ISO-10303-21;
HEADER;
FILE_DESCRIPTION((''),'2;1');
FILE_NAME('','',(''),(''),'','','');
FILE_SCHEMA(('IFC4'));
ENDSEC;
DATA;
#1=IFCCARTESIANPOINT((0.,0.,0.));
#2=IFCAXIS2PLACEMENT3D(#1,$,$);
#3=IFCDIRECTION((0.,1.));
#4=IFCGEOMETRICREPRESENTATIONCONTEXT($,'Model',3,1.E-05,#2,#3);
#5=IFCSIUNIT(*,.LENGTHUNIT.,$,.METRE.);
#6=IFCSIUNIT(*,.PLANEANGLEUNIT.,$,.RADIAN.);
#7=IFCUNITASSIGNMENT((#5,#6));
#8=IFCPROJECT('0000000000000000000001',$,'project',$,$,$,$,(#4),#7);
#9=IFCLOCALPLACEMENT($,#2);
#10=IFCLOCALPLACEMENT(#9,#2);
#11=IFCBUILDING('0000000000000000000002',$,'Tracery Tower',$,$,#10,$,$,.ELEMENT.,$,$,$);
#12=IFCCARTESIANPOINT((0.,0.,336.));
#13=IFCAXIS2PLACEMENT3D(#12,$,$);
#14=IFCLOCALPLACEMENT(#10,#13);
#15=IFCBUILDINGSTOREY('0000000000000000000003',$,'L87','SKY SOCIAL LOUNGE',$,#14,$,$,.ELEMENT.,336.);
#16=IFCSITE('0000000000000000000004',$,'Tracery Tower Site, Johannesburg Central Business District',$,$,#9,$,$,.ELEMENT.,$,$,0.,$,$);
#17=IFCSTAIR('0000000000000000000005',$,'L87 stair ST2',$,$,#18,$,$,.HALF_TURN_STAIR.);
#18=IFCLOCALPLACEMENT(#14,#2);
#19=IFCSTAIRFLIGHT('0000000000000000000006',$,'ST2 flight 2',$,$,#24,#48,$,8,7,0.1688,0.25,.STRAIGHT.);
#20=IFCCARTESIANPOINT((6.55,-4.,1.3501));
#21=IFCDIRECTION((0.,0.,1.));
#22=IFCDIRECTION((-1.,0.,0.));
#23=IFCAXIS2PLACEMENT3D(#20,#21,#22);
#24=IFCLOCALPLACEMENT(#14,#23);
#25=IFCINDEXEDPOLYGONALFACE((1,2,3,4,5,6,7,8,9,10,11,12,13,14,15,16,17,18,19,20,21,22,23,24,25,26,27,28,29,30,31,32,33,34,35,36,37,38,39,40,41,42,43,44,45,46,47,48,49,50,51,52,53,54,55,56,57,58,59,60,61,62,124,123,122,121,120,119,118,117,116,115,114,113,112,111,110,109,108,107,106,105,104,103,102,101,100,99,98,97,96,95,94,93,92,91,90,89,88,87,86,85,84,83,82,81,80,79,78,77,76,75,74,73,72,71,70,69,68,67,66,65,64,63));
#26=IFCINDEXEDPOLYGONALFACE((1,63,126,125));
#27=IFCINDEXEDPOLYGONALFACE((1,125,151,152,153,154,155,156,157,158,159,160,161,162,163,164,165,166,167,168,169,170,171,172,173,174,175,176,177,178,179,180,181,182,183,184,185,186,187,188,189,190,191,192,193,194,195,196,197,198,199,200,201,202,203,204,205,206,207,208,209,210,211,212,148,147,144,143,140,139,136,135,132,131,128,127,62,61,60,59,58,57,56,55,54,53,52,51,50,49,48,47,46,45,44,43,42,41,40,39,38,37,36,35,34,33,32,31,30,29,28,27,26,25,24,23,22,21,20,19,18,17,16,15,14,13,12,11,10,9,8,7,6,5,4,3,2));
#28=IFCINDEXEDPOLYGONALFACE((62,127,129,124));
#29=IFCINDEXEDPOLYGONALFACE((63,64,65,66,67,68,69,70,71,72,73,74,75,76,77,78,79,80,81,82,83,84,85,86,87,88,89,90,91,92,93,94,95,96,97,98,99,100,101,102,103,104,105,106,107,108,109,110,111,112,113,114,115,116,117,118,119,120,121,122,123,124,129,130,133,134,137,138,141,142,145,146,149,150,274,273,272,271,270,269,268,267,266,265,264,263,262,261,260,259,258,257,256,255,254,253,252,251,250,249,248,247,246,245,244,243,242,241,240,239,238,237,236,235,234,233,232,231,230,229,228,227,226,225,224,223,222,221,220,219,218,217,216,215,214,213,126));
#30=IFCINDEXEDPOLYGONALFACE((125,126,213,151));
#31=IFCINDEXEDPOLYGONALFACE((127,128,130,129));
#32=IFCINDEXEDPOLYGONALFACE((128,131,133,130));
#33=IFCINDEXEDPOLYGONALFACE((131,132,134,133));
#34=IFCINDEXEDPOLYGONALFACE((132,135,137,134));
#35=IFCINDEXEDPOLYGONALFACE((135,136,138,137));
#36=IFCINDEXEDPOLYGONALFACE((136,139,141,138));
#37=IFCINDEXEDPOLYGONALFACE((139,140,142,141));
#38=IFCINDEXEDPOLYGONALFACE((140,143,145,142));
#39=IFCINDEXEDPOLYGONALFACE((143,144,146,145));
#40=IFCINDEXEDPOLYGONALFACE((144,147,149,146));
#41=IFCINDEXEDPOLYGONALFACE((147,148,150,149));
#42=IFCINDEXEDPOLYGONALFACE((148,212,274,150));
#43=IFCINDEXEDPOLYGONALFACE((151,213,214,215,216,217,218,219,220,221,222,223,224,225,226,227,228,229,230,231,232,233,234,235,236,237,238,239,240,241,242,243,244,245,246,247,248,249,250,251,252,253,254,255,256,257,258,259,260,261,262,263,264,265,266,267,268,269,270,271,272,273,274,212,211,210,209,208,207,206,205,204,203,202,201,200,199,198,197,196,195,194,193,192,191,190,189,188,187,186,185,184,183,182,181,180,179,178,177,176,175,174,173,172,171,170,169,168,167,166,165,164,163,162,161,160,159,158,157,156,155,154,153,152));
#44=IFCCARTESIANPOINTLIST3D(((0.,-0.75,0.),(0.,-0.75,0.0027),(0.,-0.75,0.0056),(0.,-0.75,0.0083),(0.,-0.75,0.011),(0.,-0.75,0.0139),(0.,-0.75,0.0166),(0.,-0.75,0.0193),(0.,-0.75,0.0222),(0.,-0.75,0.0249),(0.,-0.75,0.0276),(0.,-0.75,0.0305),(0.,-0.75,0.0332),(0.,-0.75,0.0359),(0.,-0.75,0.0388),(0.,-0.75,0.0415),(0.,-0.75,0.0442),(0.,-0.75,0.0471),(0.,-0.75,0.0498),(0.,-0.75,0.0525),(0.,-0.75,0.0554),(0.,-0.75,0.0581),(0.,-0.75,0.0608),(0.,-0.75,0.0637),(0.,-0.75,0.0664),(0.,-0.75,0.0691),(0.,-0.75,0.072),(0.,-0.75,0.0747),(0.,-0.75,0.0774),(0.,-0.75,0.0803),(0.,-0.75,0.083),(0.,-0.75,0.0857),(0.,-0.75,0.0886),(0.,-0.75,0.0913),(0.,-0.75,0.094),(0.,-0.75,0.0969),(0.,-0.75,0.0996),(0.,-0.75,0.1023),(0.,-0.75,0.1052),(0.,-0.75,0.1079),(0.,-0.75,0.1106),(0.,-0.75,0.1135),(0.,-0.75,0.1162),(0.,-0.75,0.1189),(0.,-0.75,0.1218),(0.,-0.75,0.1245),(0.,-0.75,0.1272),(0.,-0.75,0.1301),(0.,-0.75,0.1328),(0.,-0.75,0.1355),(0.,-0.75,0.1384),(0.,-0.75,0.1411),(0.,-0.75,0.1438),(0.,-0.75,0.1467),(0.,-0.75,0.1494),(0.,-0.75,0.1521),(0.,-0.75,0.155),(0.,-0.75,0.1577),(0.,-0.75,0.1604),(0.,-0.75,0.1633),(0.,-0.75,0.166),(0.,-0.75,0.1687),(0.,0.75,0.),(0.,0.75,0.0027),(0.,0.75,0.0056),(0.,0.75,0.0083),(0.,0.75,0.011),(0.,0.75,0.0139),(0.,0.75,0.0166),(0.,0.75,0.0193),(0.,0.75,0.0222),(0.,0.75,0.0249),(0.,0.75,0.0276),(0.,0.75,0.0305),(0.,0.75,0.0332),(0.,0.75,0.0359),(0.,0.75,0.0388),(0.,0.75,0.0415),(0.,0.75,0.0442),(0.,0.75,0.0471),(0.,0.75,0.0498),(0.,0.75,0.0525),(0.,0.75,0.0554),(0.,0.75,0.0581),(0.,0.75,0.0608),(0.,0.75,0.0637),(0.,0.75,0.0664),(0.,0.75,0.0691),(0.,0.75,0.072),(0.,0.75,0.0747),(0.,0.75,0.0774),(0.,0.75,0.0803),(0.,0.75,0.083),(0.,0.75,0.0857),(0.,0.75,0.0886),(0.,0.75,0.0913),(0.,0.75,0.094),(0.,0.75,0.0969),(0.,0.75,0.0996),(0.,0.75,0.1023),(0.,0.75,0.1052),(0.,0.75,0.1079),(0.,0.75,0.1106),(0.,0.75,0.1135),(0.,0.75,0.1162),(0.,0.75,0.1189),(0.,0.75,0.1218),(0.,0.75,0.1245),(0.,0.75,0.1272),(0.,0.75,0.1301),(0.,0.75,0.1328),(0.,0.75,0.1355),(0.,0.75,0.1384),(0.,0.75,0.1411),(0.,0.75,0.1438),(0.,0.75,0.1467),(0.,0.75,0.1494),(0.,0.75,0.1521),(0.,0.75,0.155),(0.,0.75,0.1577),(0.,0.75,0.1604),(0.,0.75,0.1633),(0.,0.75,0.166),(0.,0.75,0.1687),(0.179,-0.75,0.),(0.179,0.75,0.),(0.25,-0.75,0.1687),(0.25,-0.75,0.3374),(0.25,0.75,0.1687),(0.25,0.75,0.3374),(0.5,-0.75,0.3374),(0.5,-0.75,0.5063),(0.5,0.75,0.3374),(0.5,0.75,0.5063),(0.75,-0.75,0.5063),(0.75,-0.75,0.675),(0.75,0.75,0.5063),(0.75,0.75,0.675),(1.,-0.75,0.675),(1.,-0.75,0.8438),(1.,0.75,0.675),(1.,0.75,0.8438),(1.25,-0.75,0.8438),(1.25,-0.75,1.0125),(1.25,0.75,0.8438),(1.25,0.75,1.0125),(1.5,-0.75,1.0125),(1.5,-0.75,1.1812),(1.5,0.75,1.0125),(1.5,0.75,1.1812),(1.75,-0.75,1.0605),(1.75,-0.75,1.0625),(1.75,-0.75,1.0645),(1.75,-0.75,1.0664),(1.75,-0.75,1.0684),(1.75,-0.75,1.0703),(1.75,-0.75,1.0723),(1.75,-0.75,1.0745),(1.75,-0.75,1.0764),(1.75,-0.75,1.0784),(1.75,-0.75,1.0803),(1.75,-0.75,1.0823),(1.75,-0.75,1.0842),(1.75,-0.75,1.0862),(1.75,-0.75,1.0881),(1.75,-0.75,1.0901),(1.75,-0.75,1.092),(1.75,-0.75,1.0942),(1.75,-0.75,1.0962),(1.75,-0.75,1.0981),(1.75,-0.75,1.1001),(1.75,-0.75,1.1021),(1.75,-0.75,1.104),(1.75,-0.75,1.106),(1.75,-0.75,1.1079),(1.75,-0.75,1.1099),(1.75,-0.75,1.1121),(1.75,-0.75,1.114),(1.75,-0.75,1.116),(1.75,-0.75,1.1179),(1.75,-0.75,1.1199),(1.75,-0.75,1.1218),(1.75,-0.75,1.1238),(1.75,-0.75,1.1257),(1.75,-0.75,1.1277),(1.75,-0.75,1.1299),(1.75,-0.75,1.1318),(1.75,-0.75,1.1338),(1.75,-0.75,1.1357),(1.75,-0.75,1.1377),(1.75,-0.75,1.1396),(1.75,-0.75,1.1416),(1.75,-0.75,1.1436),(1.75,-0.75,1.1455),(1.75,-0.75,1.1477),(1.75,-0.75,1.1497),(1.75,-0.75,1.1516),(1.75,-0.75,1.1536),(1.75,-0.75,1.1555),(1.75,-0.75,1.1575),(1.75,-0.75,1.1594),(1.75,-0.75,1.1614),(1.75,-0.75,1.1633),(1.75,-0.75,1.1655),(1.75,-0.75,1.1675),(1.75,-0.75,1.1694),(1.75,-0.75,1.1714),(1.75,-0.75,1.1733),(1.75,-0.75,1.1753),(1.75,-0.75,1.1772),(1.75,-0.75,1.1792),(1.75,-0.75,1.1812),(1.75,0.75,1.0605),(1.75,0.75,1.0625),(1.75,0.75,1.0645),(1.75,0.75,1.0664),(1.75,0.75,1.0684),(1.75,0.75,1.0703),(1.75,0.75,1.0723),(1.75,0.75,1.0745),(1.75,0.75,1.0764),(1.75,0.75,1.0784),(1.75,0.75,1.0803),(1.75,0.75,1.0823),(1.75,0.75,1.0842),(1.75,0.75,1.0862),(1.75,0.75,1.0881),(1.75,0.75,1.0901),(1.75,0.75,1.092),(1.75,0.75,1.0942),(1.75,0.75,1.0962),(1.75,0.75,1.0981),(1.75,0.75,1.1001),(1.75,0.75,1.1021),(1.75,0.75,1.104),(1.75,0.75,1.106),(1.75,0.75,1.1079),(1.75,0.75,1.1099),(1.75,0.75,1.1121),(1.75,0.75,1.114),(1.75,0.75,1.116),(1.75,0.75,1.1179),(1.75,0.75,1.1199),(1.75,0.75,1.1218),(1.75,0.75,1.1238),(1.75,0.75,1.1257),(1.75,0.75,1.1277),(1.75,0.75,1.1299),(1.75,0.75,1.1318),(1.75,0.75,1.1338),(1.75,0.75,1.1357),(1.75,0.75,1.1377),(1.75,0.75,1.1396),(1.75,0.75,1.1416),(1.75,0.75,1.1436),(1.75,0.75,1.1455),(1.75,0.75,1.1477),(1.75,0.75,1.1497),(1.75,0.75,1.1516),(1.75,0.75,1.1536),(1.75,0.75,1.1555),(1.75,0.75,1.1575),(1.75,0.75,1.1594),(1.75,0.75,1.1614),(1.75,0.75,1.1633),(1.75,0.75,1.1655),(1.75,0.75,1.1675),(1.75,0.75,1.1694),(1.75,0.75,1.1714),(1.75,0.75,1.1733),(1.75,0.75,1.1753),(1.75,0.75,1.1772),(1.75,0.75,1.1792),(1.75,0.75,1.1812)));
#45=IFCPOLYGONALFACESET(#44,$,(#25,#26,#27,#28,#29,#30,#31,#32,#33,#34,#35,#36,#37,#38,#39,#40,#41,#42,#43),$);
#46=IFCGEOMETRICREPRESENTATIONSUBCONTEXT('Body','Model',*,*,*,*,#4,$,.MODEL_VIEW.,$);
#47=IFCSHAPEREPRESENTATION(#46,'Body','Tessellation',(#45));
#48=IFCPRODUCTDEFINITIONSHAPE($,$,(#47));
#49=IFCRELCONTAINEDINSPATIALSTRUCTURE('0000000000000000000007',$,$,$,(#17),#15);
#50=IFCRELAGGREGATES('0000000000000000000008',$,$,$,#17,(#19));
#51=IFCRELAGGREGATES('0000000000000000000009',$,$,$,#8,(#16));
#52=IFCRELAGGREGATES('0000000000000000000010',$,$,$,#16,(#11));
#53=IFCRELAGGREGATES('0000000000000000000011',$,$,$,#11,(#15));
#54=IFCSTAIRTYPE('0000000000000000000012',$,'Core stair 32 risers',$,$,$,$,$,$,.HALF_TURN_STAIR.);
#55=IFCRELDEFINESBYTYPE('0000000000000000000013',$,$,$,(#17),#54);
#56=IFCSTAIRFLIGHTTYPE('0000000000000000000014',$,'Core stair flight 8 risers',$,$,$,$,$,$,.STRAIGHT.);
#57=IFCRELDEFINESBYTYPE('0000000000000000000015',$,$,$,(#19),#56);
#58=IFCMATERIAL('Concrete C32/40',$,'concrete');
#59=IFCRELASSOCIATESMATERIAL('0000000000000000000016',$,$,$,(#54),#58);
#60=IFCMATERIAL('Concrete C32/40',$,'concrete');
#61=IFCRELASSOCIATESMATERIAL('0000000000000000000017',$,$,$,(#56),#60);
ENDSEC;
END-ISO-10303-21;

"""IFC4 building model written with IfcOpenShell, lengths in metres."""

from ifc_helpers import new_model, si_unit, direction, frame, origin, place, context, subcontext, project, spatial, polyline, outline, extrude, material, type_object, element, aggregate, save


model = new_model("IFC4")

# Units and contexts
model_context = context("Model", 3, precision=1e-05, world=origin(), true_north=direction((0.0, 1.0)))
body_context = subcontext(model_context, "Body", "Model", "MODEL_VIEW")
ifc_project = project(units=[si_unit("LENGTHUNIT", "METRE"), si_unit("PLANEANGLEUNIT", "RADIAN")], contexts=[model_context])

# Site, building, storey
site_placement = place(None, origin())
site = spatial("IfcSite", under=ifc_project, at=site_placement, Name="Tracery Tower Site, Johannesburg Central Business District", CompositionType="ELEMENT", RefElevation=0.0)
building_placement = place(site_placement, origin())
building = spatial("IfcBuilding", under=site, at=building_placement, Name="Tracery Tower", CompositionType="ELEMENT")
storey_placement = place(building_placement, frame((0.0, 0.0, 336.0)))
storey = spatial("IfcBuildingStorey", under=building, at=storey_placement, Name="L87", Description="SKY SOCIAL LOUNGE", CompositionType="ELEMENT", Elevation=336.0)

# Stair, stair flight
ifc_material_1 = material(Name="Concrete C32/40", Category="concrete")
stair_type = type_object("IfcStairType", Name="Core stair 32 risers", PredefinedType="HALF_TURN_STAIR", material=ifc_material_1)
stair_placement = place(storey_placement, origin())
stair = element("IfcStair", 1, at=stair_placement, inside=storey, type_object=stair_type, Name="L87 stair ST2", PredefinedType="HALF_TURN_STAIR")
ifc_material_2 = material(Name="Concrete C32/40", Category="concrete")
stair_flight_type = type_object("IfcStairFlightType", Name="Core stair flight 8 risers", PredefinedType="STRAIGHT", material=ifc_material_2)
stair_flight_1_placement = place(storey_placement, frame((6.55, -4.0, 1.3501), z_axis=(0.0, 0.0, 1.0), x_axis=(-1.0, 0.0, 0.0)))
stair_flight_1 = element("IfcStairFlight", 2, at=stair_flight_1_placement, type_object=stair_flight_type, Name="ST2 flight 2", NumberOfRisers=8, NumberOfTreads=7, PredefinedType="STRAIGHT", RiserHeight=0.1688, TreadLength=0.25, context=body_context, shape_type="SweptSolid", body=[
    extrude(outline(polyline([(0.0, 0.0), (0.0, 0.0027), (0.0, 0.0056), (0.0, 0.0083), (0.0, 0.011), (0.0, 0.0139), (0.0, 0.0166), (0.0, 0.0193), (0.0, 0.0222), (0.0, 0.0249), (0.0, 0.0276), (0.0, 0.0305), (0.0, 0.0332), (0.0, 0.0359), (0.0, 0.0388), (0.0, 0.0415), (0.0, 0.0442), (0.0, 0.0471), (0.0, 0.0498), (0.0, 0.0525), (0.0, 0.0554), (0.0, 0.0581), (0.0, 0.0608), (0.0, 0.0637), (0.0, 0.0664), (0.0, 0.0691), (0.0, 0.072), (0.0, 0.0747), (0.0, 0.0774), (0.0, 0.0803), (0.0, 0.083), (0.0, 0.0857), (0.0, 0.0886), (0.0, 0.0913), (0.0, 0.094), (0.0, 0.0969), (0.0, 0.0996), (0.0, 0.1023), (0.0, 0.1052), (0.0, 0.1079), (0.0, 0.1106), (0.0, 0.1135), (0.0, 0.1162), (0.0, 0.1189), (0.0, 0.1218), (0.0, 0.1245), (0.0, 0.1272), (0.0, 0.1301), (0.0, 0.1328), (0.0, 0.1355), (0.0, 0.1384), (0.0, 0.1411), (0.0, 0.1438), (0.0, 0.1467), (0.0, 0.1494), (0.0, 0.1521), (0.0, 0.155), (0.0, 0.1577), (0.0, 0.1604), (0.0, 0.1633), (0.0, 0.166), (0.0, 0.1687), (0.25, 0.1687), (0.25, 0.3374), (0.5, 0.3374), (0.5, 0.5063), (0.75, 0.5063), (0.75, 0.675), (1.0, 0.675), (1.0, 0.8438), (1.25, 0.8438), (1.25, 1.0125), (1.5, 1.0125), (1.5, 1.1812), (1.75, 1.1812), (1.75, 1.1792), (1.75, 1.1772), (1.75, 1.1753), (1.75, 1.1733), (1.75, 1.1714), (1.75, 1.1694), (1.75, 1.1675), (1.75, 1.1655), (1.75, 1.1633), (1.75, 1.1614), (1.75, 1.1594), (1.75, 1.1575), (1.75, 1.1555), (1.75, 1.1536), (1.75, 1.1516), (1.75, 1.1497), (1.75, 1.1477), (1.75, 1.1455), (1.75, 1.1436), (1.75, 1.1416), (1.75, 1.1396), (1.75, 1.1377), (1.75, 1.1357), (1.75, 1.1338), (1.75, 1.1318), (1.75, 1.1299), (1.75, 1.1277), (1.75, 1.1257), (1.75, 1.1238), (1.75, 1.1218), (1.75, 1.1199), (1.75, 1.1179), (1.75, 1.116), (1.75, 1.114), (1.75, 1.1121), (1.75, 1.1099), (1.75, 1.1079), (1.75, 1.106), (1.75, 1.104), (1.75, 1.1021), (1.75, 1.1001), (1.75, 1.0981), (1.75, 1.0962), (1.75, 1.0942), (1.75, 1.092), (1.75, 1.0901), (1.75, 1.0881), (1.75, 1.0862), (1.75, 1.0842), (1.75, 1.0823), (1.75, 1.0803), (1.75, 1.0784), (1.75, 1.0764), (1.75, 1.0745), (1.75, 1.0723), (1.75, 1.0703), (1.75, 1.0684), (1.75, 1.0664), (1.75, 1.0645), (1.75, 1.0625), (1.75, 1.0605), (0.179, 0.0), (0.0, 0.0)])), frame((0.0, 0.75, 0.0), z_axis=(0.0, -1.0, 0.0), x_axis=(1.0, 0.0, 0.0)), (0.0, 0.0, 1.0), 1.5),
])
aggregate(stair, [stair_flight_1])

save(model, "model.ifc")
